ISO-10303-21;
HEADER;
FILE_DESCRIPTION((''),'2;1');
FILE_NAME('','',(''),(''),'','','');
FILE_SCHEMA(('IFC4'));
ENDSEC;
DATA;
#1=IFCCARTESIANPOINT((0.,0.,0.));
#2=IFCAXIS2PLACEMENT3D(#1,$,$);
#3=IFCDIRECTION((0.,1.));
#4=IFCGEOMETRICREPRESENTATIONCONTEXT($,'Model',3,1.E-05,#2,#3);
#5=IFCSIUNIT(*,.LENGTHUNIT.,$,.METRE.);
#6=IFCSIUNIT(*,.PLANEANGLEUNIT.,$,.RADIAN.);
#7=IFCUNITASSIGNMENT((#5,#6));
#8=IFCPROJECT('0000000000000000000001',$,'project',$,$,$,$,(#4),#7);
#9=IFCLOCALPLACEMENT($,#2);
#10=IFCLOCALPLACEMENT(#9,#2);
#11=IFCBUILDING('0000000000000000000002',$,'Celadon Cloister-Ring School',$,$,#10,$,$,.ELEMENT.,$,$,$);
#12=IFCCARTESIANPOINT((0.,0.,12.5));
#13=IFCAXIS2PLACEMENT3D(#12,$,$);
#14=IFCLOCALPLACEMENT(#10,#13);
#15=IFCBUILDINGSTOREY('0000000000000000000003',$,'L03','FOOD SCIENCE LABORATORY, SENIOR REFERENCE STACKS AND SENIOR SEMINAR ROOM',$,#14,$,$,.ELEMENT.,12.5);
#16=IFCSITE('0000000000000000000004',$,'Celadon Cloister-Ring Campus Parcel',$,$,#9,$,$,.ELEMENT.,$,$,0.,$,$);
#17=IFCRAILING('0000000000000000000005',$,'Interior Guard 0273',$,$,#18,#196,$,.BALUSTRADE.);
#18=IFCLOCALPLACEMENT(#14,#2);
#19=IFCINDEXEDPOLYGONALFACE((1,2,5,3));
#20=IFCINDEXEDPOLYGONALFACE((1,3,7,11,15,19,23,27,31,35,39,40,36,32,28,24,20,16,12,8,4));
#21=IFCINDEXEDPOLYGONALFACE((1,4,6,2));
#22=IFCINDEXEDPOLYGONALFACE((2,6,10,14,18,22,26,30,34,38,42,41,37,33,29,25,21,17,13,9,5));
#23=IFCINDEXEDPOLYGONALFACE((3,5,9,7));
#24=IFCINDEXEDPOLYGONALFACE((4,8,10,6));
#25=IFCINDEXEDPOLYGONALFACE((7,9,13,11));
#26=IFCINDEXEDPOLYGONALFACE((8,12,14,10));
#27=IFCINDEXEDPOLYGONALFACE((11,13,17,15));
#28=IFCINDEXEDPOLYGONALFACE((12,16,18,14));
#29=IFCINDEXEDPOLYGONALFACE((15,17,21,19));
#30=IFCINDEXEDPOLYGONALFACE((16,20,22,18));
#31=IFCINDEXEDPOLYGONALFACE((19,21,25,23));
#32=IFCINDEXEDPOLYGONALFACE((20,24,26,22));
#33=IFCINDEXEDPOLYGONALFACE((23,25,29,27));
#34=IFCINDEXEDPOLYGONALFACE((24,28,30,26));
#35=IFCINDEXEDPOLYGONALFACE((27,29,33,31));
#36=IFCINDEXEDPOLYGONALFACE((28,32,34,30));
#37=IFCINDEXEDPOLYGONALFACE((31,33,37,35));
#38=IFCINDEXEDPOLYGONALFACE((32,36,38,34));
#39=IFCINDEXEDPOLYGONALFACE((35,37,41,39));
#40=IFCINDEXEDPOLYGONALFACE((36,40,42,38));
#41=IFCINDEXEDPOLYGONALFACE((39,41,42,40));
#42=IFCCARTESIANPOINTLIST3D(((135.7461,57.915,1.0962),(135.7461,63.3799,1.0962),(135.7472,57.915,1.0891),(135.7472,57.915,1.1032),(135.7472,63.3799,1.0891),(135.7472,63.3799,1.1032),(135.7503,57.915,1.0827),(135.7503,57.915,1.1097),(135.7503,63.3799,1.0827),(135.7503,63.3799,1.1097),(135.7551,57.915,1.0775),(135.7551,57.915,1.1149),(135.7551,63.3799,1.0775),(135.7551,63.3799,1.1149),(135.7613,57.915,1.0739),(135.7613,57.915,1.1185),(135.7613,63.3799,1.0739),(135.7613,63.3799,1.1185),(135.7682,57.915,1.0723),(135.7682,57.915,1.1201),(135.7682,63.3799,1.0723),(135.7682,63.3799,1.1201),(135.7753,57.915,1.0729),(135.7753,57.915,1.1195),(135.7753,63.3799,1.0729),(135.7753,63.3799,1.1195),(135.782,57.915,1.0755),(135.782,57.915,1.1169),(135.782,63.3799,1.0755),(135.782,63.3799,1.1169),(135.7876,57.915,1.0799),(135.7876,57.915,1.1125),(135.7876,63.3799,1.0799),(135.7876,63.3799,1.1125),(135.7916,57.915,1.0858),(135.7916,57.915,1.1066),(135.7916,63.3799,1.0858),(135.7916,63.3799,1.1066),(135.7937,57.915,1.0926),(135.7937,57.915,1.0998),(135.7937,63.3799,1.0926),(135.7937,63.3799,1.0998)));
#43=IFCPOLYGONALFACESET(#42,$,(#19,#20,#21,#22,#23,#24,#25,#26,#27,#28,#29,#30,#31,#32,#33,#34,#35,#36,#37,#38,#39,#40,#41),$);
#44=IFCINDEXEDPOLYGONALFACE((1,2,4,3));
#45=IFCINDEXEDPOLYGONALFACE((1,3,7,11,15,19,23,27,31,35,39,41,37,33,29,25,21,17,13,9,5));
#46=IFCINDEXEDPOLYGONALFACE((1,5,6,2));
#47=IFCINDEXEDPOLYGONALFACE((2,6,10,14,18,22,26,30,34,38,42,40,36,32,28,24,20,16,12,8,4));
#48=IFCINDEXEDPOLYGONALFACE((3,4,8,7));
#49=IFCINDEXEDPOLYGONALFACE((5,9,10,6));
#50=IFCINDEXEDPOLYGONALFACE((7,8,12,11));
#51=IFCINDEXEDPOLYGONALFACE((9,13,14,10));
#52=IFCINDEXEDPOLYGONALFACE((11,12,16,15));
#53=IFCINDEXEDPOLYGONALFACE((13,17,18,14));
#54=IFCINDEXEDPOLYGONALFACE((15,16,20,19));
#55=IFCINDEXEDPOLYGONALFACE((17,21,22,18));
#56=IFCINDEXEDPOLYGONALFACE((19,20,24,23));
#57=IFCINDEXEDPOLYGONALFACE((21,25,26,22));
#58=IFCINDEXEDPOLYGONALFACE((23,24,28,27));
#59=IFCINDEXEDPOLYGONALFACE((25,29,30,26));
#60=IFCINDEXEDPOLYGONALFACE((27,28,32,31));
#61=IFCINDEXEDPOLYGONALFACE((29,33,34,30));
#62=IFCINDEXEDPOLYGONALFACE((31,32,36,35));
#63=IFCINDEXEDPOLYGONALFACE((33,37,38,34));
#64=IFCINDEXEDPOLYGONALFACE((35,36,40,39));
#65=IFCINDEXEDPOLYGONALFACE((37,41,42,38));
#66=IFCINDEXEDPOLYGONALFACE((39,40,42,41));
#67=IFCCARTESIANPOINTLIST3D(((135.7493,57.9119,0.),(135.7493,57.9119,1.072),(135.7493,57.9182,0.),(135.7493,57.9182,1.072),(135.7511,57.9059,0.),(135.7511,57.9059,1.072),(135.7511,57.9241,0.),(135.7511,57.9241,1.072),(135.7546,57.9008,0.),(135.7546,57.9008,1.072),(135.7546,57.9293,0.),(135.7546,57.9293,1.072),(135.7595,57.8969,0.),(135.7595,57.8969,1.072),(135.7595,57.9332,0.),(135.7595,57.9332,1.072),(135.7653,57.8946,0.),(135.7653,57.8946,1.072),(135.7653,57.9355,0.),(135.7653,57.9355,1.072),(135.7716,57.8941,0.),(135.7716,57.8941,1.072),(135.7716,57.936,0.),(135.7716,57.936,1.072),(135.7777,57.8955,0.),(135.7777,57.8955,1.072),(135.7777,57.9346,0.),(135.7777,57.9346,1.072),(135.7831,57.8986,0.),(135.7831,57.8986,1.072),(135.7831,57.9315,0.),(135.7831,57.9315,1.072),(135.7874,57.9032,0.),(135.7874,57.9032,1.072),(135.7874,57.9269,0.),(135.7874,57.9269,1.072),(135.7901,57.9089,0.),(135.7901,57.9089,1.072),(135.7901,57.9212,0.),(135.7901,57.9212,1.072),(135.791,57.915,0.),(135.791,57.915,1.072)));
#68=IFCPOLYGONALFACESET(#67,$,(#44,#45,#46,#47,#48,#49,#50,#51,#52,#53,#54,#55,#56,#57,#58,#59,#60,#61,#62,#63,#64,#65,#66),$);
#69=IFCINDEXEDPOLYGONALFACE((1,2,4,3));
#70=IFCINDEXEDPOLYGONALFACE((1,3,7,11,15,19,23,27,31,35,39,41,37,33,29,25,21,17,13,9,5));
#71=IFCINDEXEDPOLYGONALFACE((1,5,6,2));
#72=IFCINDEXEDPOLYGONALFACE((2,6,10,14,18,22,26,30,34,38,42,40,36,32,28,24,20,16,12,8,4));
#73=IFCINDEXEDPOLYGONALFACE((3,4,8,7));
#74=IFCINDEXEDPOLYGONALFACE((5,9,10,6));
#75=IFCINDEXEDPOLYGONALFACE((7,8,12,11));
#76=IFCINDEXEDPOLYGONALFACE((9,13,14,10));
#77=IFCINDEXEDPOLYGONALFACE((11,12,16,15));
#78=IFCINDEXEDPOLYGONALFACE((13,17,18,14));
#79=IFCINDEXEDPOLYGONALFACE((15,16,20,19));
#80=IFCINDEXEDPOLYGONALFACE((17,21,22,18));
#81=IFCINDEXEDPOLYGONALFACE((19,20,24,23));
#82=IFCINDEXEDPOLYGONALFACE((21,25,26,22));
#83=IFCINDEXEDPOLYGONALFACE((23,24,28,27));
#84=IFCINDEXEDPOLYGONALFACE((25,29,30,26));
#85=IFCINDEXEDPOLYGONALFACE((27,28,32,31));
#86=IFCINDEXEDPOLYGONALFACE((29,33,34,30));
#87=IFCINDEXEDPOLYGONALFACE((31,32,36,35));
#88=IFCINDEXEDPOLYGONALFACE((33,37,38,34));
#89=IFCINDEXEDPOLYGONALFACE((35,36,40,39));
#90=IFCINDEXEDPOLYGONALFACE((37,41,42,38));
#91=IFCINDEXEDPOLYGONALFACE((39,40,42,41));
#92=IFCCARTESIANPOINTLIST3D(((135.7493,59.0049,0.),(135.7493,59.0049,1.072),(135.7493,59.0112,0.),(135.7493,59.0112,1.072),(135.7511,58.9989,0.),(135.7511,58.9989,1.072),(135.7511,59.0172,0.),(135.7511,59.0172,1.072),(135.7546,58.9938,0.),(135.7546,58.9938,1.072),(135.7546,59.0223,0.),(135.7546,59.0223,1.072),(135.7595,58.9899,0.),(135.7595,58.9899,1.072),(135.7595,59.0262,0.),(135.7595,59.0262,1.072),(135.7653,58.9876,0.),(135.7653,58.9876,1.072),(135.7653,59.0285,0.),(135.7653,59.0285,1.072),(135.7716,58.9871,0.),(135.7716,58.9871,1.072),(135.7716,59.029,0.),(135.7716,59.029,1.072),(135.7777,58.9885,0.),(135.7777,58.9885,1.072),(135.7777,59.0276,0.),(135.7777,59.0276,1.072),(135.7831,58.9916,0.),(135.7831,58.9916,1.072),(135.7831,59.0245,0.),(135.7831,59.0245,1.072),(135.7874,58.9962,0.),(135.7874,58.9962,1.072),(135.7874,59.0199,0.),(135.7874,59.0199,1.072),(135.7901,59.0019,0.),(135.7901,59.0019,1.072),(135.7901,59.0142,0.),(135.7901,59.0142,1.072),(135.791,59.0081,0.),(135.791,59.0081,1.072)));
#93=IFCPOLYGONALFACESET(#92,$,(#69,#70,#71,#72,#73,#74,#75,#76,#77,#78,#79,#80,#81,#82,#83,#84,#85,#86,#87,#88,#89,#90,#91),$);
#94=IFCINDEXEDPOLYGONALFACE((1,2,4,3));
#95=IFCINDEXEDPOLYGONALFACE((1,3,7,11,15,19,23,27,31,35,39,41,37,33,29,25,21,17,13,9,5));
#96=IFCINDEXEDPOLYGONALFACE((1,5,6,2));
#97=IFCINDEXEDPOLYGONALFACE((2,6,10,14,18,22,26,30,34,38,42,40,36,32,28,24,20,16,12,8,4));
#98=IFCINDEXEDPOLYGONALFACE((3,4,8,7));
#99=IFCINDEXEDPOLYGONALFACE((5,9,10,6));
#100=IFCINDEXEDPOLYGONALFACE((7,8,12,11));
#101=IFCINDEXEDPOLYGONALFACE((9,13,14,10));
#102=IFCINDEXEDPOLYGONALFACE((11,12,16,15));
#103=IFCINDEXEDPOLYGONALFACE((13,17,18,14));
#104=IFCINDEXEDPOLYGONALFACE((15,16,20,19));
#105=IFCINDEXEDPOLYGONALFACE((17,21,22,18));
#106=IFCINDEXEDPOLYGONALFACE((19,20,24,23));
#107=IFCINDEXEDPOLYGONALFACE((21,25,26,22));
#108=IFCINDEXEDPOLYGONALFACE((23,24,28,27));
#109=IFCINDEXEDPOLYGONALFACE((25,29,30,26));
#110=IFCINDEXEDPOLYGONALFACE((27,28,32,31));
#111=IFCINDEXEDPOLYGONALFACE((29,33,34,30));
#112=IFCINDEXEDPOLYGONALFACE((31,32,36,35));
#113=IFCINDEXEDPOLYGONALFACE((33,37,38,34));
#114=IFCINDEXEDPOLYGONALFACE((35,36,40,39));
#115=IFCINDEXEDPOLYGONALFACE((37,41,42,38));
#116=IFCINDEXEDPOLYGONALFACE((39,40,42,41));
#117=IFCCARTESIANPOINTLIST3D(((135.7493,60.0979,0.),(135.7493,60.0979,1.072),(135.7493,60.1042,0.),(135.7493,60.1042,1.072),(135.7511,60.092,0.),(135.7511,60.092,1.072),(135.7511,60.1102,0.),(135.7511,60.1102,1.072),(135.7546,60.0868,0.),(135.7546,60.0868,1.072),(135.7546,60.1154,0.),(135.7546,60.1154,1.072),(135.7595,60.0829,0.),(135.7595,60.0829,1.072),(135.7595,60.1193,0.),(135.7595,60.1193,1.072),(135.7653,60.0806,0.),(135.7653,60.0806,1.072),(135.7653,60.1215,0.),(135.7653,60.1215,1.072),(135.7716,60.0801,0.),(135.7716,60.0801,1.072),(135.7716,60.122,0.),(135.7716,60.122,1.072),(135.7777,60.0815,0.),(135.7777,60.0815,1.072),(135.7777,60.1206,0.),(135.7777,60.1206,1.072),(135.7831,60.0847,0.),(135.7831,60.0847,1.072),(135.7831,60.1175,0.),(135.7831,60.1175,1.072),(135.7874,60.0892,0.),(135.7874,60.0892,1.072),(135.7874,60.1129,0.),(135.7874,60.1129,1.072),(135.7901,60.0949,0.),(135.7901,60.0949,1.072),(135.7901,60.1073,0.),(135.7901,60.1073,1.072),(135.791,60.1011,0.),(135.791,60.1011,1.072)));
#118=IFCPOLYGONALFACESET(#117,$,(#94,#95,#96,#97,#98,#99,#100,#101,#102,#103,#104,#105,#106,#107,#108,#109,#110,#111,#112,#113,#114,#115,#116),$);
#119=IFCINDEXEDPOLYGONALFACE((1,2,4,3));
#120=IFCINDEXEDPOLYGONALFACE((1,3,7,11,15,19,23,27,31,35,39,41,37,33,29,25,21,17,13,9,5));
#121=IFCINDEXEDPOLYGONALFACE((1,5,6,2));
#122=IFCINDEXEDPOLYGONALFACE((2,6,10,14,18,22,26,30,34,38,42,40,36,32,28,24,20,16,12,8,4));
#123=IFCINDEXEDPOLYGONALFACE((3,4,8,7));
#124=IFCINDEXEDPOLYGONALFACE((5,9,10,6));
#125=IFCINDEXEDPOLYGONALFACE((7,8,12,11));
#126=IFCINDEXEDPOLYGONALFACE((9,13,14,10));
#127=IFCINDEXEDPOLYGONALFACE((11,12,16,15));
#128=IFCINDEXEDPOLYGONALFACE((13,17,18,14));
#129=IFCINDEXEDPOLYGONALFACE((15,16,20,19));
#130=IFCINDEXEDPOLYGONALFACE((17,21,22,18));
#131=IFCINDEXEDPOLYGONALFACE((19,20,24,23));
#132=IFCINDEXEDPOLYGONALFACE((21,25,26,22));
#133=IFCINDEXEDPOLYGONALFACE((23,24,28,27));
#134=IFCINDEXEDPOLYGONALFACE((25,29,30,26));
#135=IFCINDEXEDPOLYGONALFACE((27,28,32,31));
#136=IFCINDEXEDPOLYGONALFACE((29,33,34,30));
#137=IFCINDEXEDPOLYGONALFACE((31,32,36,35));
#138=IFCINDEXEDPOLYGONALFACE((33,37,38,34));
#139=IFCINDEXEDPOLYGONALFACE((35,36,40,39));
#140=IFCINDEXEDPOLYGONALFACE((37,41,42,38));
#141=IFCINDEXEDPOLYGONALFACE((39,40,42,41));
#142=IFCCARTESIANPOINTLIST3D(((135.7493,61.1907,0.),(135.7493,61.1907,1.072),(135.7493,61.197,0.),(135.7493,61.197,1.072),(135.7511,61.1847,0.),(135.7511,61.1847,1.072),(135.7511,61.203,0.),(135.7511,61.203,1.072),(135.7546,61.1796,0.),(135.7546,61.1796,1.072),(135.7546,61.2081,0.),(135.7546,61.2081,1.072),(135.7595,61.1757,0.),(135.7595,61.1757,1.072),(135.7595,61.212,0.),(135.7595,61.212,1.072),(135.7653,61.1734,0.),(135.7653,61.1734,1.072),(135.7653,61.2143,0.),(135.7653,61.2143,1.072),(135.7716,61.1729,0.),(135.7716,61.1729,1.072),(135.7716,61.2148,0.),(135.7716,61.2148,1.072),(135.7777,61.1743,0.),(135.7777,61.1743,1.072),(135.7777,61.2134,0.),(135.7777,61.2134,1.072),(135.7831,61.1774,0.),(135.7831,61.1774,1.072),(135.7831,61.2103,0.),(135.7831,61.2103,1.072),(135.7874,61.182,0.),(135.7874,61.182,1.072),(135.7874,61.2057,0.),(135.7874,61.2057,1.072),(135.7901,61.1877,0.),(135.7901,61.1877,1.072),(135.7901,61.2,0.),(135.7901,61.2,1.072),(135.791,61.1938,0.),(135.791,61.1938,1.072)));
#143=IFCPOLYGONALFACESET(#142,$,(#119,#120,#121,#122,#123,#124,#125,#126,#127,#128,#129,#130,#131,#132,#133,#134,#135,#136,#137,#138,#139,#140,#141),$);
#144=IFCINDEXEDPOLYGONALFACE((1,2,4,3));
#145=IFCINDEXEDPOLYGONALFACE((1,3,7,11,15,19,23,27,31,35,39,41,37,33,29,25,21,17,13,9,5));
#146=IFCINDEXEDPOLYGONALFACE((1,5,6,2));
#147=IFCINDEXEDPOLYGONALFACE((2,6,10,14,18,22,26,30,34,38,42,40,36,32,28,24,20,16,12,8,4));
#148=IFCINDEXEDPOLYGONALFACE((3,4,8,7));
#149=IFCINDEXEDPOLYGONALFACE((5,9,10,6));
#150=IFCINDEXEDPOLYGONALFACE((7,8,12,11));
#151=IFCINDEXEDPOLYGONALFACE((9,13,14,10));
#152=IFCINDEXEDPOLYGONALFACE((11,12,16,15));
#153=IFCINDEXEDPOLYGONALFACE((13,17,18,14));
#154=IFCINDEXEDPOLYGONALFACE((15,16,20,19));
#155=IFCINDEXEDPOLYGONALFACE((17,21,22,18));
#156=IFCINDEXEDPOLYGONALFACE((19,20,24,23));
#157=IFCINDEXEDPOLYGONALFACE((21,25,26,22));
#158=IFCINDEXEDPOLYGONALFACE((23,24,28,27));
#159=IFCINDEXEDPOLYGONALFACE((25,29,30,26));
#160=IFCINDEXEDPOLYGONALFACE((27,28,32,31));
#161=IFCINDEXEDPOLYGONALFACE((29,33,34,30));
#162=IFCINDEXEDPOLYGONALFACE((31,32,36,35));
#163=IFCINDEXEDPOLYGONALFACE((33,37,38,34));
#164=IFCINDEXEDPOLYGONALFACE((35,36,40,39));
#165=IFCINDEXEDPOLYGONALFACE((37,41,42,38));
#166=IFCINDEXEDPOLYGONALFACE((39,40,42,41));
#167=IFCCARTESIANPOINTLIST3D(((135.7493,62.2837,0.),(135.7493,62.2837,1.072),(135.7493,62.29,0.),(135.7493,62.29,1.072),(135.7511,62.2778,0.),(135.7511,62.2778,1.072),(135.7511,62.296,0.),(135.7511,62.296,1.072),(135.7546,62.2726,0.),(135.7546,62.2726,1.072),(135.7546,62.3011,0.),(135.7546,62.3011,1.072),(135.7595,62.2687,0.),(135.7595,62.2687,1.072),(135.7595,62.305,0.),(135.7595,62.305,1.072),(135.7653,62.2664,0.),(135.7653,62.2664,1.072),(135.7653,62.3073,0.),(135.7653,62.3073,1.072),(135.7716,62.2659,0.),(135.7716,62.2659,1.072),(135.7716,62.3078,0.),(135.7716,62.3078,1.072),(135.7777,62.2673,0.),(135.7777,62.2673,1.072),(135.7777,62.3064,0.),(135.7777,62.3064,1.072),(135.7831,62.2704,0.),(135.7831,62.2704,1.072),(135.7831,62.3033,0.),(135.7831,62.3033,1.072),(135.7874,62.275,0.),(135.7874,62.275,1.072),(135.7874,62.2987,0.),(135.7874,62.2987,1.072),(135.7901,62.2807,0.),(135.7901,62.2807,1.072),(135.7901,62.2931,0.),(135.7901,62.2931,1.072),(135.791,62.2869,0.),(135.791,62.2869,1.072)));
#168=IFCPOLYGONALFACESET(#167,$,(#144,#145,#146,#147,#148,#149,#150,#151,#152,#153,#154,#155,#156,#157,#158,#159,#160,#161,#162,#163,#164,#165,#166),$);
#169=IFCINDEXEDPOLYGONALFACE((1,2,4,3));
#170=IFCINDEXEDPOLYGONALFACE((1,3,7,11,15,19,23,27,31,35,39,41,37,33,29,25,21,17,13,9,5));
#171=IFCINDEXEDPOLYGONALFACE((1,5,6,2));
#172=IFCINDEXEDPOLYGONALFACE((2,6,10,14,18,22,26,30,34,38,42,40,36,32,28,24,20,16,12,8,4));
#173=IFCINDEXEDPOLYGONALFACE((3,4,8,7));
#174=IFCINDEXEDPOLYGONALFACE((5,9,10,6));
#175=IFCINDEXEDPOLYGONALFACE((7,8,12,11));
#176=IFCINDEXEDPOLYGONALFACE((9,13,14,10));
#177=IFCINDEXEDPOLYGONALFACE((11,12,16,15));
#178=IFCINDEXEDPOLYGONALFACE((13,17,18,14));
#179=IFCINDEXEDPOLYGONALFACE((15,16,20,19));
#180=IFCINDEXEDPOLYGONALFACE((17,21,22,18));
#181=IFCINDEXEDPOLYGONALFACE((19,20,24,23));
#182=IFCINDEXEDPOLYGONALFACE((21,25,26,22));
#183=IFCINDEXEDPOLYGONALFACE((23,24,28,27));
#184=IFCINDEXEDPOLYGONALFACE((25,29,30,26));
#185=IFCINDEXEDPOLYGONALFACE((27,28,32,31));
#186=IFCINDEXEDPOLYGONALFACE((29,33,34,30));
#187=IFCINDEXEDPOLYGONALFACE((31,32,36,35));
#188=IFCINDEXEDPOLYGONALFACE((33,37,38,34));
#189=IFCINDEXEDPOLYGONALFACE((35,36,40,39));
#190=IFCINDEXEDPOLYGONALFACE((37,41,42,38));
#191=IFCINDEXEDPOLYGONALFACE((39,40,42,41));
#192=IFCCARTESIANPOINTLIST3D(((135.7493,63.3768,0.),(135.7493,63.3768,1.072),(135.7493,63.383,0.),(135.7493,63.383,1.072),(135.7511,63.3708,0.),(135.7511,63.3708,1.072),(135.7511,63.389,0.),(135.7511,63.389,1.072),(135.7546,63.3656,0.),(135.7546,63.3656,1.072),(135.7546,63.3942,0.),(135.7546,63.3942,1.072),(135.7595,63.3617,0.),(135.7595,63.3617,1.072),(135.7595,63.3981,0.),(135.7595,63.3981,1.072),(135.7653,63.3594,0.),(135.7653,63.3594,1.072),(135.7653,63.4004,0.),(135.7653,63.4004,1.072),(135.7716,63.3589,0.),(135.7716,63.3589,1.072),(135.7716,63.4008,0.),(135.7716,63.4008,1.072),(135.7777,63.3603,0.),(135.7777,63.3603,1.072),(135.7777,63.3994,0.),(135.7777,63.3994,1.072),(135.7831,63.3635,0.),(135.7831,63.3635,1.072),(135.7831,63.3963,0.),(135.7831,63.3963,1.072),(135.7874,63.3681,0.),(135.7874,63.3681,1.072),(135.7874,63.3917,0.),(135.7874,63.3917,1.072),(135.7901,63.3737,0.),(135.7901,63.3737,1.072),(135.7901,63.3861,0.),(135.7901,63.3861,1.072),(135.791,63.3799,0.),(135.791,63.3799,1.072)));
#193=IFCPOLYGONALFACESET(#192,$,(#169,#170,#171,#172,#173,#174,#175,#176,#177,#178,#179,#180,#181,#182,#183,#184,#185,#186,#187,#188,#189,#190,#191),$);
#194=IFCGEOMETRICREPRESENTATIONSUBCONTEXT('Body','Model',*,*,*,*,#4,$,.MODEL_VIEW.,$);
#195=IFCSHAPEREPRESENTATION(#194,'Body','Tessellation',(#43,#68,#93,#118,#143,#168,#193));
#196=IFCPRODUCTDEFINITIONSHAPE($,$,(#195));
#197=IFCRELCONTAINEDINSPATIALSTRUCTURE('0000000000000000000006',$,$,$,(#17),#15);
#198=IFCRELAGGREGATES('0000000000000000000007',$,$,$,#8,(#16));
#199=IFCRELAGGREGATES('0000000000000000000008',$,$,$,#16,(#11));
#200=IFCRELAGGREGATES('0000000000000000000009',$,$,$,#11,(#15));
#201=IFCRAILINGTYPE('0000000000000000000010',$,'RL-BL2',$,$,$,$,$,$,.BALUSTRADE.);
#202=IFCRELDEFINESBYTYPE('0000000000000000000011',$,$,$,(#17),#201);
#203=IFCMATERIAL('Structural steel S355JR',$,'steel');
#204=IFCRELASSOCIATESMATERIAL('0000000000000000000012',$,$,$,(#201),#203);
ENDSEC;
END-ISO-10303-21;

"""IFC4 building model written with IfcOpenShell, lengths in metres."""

from ifc_helpers import new_model, si_unit, direction, frame, origin, origin_2d, place, context, subcontext, project, spatial, circle, extrude, material, type_object, element, save


model = new_model("IFC4")

# Units and contexts
model_context = context("Model", 3, precision=1e-05, world=origin(), true_north=direction((0.0, 1.0)))
body_context = subcontext(model_context, "Body", "Model", "MODEL_VIEW")
ifc_project = project(units=[si_unit("LENGTHUNIT", "METRE"), si_unit("PLANEANGLEUNIT", "RADIAN")], contexts=[model_context])

# Site, building, storey
site_placement = place(None, origin())
site = spatial("IfcSite", under=ifc_project, at=site_placement, Name="Celadon Cloister-Ring Campus Parcel", CompositionType="ELEMENT", RefElevation=0.0)
building_placement = place(site_placement, origin())
building = spatial("IfcBuilding", under=site, at=building_placement, Name="Celadon Cloister-Ring School", CompositionType="ELEMENT")
storey_placement = place(building_placement, frame((0.0, 0.0, 12.5)))
storey = spatial("IfcBuildingStorey", under=building, at=storey_placement, Name="L03", Description="FOOD SCIENCE LABORATORY, SENIOR REFERENCE STACKS AND SENIOR SEMINAR ROOM", CompositionType="ELEMENT", Elevation=12.5)

# Railing
ifc_material_1 = material(Name="Structural steel S355JR", Category="steel")
railing_type_1 = type_object("IfcRailingType", Name="RL-BL2", PredefinedType="BALUSTRADE", material=ifc_material_1)
railing_1_placement = place(storey_placement, frame((135.77, 57.915, 0.0)))
element("IfcRailing", 1, at=railing_1_placement, inside=storey, type_object=railing_type_1, Name="Interior Guard 0273", PredefinedType="BALUSTRADE", context=body_context, shape_type="SweptSolid", body=[
    extrude(circle(Radius=0.0239, at=origin_2d()), frame((0.0, 0.0, 1.0962), z_axis=(0.0, 1.0, 0.0), x_axis=(-1.0, 0.0, 0.0)), (0.0, 0.0, 1.0), 5.4648),
    extrude(circle(Radius=0.021, at=origin_2d()), origin(), (0.0, 0.0, 1.0), 1.072),
    extrude(circle(Radius=0.021, at=origin_2d()), frame((0.0, 1.093, 0.0)), (0.0, 0.0, 1.0), 1.072),
    extrude(circle(Radius=0.021, at=origin_2d()), frame((0.0, 2.186, 0.0)), (0.0, 0.0, 1.0), 1.072),
    extrude(circle(Radius=0.021, at=origin_2d()), frame((0.0, 3.2788, 0.0)), (0.0, 0.0, 1.0), 1.072),
    extrude(circle(Radius=0.021, at=origin_2d()), frame((0.0, 4.3718, 0.0)), (0.0, 0.0, 1.0), 1.072),
    extrude(circle(Radius=0.021, at=origin_2d()), frame((0.0, 5.4648, 0.0)), (0.0, 0.0, 1.0), 1.072),
])

save(model, "model.ifc")
